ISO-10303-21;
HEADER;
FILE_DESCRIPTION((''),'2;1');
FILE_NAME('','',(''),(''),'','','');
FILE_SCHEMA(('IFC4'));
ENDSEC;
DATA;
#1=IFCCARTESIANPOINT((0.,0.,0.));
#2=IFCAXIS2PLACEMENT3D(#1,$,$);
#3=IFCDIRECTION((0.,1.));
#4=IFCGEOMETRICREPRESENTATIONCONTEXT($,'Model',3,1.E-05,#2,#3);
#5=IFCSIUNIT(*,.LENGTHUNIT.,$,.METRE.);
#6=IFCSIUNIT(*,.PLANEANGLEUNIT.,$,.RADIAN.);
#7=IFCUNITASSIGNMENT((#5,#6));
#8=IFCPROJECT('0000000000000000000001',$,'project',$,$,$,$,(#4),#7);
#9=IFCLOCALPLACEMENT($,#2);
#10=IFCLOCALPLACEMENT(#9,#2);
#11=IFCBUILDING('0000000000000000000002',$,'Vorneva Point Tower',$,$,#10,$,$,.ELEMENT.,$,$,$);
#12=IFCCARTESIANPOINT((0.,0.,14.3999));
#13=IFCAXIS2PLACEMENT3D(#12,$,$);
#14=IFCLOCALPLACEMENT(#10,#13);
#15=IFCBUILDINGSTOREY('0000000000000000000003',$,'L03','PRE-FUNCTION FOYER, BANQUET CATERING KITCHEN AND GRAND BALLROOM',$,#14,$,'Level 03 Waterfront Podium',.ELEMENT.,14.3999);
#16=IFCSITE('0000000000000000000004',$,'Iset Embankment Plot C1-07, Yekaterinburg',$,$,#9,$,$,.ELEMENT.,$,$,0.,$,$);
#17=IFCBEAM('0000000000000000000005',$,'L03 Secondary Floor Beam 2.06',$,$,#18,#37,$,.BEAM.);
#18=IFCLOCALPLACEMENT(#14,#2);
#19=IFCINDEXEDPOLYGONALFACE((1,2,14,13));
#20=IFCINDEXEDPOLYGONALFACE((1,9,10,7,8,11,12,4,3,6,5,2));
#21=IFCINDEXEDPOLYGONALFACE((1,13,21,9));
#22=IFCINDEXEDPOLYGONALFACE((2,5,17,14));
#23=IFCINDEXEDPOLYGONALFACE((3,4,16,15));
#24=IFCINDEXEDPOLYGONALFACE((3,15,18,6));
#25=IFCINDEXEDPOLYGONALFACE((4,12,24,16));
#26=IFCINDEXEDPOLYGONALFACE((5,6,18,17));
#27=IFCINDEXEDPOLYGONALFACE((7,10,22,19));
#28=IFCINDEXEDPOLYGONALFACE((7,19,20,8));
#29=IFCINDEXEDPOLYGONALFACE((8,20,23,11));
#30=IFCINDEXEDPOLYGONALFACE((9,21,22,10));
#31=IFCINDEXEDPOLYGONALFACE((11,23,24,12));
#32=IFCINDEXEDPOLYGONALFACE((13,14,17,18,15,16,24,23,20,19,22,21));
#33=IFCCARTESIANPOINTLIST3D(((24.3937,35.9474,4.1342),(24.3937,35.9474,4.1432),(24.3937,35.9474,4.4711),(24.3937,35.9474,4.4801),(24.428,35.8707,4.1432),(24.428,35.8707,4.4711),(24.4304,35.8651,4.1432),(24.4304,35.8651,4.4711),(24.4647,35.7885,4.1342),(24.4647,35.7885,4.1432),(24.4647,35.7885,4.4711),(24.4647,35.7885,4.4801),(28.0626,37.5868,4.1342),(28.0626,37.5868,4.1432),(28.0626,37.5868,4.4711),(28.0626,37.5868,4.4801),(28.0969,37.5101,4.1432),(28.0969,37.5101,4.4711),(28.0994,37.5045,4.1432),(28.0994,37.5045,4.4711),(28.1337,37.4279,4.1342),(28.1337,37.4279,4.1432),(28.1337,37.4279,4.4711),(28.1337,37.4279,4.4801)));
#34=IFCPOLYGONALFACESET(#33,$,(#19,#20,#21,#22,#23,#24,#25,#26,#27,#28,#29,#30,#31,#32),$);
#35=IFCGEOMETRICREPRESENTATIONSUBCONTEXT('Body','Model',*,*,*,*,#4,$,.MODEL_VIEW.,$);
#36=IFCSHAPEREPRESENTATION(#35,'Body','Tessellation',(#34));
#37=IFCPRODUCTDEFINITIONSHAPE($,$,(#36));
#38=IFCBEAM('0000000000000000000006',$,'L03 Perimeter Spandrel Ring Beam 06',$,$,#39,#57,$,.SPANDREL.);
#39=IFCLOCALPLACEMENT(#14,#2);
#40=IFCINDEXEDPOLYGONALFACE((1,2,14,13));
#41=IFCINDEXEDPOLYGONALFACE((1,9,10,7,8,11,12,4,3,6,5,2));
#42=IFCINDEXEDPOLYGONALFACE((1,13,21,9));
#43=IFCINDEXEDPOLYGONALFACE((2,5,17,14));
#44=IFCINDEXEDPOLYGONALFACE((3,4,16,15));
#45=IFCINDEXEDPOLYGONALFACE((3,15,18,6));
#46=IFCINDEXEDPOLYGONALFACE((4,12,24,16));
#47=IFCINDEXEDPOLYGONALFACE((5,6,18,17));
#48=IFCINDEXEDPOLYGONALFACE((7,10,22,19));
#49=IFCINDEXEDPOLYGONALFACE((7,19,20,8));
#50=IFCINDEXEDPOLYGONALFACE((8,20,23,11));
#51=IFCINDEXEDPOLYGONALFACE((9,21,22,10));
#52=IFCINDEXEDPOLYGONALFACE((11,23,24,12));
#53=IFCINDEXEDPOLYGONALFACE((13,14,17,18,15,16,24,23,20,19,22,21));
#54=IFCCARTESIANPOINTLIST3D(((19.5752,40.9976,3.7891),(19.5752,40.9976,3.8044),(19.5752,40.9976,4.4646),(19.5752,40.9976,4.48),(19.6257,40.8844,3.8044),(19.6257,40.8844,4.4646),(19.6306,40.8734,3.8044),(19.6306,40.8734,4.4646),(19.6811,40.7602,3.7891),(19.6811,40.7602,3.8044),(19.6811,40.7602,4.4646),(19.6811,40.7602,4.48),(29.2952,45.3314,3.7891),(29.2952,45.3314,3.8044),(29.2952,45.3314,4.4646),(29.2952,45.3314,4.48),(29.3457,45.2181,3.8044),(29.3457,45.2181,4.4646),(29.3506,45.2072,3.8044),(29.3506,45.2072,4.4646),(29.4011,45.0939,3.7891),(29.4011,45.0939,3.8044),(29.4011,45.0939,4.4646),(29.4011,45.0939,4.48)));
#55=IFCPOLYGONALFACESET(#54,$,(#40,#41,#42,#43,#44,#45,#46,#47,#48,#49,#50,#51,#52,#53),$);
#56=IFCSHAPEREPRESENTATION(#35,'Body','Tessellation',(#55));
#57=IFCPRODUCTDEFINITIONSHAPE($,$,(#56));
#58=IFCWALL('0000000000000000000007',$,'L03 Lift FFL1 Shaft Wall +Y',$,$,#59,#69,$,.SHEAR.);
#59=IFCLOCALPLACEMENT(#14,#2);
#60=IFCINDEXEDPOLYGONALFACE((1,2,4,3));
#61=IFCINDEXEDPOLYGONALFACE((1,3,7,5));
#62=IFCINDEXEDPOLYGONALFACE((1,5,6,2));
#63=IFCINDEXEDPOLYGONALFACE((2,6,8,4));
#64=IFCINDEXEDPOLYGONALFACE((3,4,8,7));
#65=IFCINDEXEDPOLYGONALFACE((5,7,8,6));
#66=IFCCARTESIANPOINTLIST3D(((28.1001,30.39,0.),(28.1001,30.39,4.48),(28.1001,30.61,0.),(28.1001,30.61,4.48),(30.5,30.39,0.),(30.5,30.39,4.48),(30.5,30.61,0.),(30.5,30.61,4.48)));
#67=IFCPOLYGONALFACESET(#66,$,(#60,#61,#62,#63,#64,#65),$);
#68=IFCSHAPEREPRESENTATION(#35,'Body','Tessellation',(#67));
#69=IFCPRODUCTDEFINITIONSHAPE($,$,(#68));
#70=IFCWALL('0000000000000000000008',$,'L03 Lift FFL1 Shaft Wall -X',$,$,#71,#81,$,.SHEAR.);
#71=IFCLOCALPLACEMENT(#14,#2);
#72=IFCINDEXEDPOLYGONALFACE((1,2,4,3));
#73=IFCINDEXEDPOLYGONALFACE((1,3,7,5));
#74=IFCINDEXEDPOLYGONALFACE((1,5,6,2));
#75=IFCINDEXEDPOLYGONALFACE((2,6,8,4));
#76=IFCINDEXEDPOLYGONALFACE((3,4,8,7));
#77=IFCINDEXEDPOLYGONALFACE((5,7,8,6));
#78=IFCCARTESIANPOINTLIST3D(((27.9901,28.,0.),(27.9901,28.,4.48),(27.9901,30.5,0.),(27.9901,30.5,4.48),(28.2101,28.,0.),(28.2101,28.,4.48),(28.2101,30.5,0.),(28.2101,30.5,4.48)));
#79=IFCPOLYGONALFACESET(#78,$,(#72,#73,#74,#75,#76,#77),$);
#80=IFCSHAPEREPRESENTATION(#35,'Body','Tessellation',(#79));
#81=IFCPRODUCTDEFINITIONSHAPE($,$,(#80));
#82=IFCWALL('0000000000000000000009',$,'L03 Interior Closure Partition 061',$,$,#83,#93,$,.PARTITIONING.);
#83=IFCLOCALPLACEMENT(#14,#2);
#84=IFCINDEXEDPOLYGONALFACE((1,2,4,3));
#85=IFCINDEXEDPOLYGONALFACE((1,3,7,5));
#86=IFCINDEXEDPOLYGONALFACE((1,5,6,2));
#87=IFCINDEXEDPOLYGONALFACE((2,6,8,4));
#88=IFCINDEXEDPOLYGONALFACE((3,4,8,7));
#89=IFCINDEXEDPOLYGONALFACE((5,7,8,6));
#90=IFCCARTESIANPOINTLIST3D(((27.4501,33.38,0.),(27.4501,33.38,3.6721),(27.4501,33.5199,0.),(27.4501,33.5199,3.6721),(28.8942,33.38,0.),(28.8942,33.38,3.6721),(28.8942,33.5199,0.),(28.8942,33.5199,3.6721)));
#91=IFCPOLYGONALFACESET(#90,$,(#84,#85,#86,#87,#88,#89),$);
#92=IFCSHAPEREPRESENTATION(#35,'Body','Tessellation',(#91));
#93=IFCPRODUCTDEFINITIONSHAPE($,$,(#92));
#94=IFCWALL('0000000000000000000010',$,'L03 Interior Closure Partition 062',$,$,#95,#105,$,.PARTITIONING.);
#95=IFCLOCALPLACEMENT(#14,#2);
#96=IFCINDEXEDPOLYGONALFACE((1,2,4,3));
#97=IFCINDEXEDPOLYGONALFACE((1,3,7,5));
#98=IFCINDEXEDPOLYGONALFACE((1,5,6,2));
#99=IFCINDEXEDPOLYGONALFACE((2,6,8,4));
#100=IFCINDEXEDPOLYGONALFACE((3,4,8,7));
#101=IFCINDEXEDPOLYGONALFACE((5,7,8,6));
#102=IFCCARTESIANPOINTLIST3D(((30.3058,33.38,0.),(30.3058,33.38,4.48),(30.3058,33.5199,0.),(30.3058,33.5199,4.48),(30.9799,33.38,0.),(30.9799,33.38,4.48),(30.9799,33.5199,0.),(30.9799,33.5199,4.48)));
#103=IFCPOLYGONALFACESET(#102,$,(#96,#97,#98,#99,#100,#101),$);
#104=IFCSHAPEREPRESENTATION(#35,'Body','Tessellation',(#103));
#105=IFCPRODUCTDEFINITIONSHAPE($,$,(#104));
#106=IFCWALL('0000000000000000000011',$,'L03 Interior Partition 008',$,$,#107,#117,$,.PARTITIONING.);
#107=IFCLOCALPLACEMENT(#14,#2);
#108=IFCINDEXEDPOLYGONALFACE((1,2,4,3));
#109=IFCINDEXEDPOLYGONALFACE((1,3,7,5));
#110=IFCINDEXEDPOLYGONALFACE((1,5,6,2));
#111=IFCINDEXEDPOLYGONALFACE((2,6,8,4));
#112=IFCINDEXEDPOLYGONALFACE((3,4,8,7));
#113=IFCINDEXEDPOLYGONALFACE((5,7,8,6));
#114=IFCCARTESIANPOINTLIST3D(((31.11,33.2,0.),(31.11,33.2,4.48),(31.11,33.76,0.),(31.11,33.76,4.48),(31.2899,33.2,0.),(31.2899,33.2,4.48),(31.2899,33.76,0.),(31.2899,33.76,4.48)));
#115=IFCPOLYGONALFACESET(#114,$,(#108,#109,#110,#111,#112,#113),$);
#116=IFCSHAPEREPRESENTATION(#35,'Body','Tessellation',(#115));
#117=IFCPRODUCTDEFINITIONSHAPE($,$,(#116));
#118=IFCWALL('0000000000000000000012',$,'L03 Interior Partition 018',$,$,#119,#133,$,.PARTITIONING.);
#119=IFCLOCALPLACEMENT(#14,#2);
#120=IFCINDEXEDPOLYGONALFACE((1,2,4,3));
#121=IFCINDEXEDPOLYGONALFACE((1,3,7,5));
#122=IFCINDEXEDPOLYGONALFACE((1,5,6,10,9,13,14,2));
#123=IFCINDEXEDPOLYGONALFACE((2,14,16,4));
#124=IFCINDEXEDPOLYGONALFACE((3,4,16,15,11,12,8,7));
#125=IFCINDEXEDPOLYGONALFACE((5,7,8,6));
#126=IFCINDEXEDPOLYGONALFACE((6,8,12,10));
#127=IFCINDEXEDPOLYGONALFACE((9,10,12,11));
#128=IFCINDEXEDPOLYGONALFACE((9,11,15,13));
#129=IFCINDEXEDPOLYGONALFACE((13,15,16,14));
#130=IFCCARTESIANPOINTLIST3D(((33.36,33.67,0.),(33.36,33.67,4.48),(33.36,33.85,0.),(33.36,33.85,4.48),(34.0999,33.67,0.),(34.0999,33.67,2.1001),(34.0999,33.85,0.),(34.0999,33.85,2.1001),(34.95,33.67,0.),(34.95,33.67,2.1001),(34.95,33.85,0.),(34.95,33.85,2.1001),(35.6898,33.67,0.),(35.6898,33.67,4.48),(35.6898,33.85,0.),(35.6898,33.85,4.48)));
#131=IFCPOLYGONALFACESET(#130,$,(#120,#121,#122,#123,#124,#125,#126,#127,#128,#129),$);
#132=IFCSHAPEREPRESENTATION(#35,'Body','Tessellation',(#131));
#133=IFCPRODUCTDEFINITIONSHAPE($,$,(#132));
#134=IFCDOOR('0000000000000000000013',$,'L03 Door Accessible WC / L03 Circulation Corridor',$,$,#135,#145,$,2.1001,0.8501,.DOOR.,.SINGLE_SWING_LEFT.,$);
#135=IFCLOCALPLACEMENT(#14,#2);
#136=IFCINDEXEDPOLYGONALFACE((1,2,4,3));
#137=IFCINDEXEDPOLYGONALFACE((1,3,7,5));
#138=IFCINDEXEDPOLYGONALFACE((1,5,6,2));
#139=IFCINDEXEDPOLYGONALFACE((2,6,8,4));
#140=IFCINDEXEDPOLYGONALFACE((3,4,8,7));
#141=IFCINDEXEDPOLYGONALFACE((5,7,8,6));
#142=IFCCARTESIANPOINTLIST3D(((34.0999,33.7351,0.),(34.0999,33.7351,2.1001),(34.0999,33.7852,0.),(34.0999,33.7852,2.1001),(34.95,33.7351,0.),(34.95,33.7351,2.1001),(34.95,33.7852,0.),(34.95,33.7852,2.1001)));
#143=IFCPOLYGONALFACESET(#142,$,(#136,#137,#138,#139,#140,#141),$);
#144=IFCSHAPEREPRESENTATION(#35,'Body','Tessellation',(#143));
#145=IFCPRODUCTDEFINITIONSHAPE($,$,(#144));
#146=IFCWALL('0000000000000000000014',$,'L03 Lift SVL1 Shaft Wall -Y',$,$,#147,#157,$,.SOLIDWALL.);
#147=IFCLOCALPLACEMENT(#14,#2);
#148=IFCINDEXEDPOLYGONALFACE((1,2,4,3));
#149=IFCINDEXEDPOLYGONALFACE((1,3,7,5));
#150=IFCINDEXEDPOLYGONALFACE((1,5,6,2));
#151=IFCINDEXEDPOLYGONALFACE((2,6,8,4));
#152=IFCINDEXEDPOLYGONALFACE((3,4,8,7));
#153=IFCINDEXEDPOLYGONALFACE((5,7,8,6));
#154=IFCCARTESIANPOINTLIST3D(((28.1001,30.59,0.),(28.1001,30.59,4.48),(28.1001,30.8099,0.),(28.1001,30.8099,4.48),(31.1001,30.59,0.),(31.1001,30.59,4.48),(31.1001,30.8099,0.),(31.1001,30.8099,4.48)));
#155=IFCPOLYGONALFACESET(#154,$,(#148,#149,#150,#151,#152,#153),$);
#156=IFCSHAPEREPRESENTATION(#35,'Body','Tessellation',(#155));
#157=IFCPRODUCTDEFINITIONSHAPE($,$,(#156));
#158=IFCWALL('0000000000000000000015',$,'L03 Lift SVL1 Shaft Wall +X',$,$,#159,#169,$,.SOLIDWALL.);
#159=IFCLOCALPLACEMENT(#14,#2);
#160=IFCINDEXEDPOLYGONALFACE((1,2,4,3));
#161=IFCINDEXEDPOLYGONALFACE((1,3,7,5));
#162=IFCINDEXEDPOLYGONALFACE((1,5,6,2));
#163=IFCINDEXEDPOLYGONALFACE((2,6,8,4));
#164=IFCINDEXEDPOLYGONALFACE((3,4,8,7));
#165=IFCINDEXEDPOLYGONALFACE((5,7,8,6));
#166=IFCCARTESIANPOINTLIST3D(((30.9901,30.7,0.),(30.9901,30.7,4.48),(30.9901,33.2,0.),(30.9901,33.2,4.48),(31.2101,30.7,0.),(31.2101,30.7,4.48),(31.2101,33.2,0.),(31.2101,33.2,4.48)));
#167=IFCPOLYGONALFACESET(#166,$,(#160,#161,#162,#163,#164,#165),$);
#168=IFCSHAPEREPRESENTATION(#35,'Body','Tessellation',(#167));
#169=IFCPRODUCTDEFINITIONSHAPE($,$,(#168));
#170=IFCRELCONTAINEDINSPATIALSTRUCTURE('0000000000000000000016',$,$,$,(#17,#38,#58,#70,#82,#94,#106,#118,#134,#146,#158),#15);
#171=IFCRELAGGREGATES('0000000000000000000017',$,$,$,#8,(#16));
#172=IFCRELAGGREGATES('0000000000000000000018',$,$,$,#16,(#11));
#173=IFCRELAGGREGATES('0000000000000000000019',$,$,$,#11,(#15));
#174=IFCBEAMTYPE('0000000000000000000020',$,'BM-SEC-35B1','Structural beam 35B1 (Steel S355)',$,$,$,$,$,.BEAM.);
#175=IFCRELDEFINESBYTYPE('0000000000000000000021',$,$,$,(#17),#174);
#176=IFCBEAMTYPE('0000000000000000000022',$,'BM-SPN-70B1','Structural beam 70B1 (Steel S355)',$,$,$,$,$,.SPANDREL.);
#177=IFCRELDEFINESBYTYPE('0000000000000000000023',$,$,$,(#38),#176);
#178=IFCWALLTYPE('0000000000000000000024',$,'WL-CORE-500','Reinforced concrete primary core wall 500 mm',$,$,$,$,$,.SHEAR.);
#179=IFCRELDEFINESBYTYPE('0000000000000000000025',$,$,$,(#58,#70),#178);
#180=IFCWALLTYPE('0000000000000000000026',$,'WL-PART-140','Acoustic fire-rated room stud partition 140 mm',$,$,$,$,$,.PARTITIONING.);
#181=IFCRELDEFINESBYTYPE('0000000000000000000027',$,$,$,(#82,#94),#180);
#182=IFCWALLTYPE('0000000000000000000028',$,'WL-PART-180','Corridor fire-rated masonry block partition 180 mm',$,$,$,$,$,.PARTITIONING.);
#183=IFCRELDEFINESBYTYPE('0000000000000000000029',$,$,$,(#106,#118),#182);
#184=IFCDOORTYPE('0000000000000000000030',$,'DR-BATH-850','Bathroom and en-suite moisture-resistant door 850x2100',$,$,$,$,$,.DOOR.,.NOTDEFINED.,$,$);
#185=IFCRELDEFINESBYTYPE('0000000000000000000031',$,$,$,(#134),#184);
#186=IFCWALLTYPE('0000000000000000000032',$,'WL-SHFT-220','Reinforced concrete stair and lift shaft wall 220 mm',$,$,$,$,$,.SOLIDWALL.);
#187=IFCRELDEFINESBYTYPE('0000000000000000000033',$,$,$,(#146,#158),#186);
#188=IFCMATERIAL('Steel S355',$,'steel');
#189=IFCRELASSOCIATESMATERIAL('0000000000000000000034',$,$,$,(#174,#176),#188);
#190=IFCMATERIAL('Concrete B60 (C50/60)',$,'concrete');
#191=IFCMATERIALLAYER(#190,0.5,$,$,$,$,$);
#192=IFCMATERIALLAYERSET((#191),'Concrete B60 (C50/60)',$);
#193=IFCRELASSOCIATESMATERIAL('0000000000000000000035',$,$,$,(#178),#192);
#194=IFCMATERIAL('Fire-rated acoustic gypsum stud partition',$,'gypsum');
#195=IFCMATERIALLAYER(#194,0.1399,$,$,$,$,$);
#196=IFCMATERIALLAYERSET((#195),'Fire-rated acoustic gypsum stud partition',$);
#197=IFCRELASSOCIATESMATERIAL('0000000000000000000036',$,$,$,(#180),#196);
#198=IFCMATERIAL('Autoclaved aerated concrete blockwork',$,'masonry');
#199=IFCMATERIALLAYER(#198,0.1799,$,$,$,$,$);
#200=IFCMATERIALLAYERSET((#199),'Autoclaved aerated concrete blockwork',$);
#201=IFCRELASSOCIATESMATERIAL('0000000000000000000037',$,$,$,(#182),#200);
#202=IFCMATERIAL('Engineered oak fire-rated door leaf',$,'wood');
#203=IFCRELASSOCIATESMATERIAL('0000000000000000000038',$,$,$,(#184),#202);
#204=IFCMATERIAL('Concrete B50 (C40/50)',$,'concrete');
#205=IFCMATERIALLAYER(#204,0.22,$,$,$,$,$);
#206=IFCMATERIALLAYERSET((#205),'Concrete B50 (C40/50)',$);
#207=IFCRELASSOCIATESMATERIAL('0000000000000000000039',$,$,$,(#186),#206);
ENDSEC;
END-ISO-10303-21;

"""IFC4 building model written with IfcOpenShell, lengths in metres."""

from ifc_helpers import new_model, si_unit, direction, frame, frame_2d, origin, origin_2d, place, context, subcontext, project, spatial, rectangle, i_section, extrude, material, layer, layer_set, material_profile, profile_set, type_object, element, fill, save


model = new_model("IFC4")

# Units and contexts
model_context = context("Model", 3, precision=1e-05, world=origin(), true_north=direction((0.0, 1.0)))
body_context = subcontext(model_context, "Body", "Model", "MODEL_VIEW")
ifc_project = project(units=[si_unit("LENGTHUNIT", "METRE"), si_unit("PLANEANGLEUNIT", "RADIAN")], contexts=[model_context])

# Site, building, storey
site_placement = place(None, origin())
site = spatial("IfcSite", under=ifc_project, at=site_placement, Name="Iset Embankment Plot C1-07, Yekaterinburg", CompositionType="ELEMENT", RefElevation=0.0)
building_placement = place(site_placement, origin())
building = spatial("IfcBuilding", under=site, at=building_placement, Name="Vorneva Point Tower", CompositionType="ELEMENT")
storey_placement = place(building_placement, frame((0.0, 0.0, 14.3999)))
storey = spatial("IfcBuildingStorey", under=building, at=storey_placement, Name="L03", Description="PRE-FUNCTION FOYER, BANQUET CATERING KITCHEN AND GRAND BALLROOM", LongName="Level 03 Waterfront Podium", CompositionType="ELEMENT", Elevation=14.3999)

# Shared definitions
ifc_material_1 = material(Name="Concrete B60 (C50/60)", Category="concrete")

# Beams
ifc_material_2 = material(Name="Steel S355", Category="steel")
ifc_material_profile_1 = material_profile(ifc_material_2, i_section(OverallWidth=0.1741, OverallDepth=0.3459, WebThickness=0.0061, FlangeThickness=0.009, at=origin_2d()), Name="35B1")
ifc_profile_set_1 = profile_set([ifc_material_profile_1], Name="Steel S355")
beam_type_1 = type_object("IfcBeamType", Name="BM-SEC-35B1", Description="Structural beam 35B1 (Steel S355)", PredefinedType="BEAM", material=ifc_profile_set_1)
beam_1_placement = place(storey_placement, frame((28.0981, 37.5073, 4.3071), z_axis=(-0.913001, -0.407958, 0.0), x_axis=(0.407958, -0.913001, 0.0)))
element("IfcBeam", 1, at=beam_1_placement, inside=storey, type_object=beam_type_1, Name="L03 Secondary Floor Beam 2.06", PredefinedType="BEAM", context=body_context, shape_type="SweptSolid", body=[
    extrude(i_section(OverallWidth=0.1741, OverallDepth=0.3459, WebThickness=0.0061, FlangeThickness=0.009, at=origin_2d()), origin(), (0.0, 0.0, 1.0), 4.0186),
])
ifc_material_profile_2 = material_profile(ifc_material_2, i_section(OverallWidth=0.26, OverallDepth=0.6909, WebThickness=0.012, FlangeThickness=0.0154, at=origin_2d()), Name="70B1")
ifc_profile_set_2 = profile_set([ifc_material_profile_2], Name="Steel S355")
beam_type_2 = type_object("IfcBeamType", Name="BM-SPN-70B1", Description="Structural beam 70B1 (Steel S355)", PredefinedType="SPANDREL", material=ifc_profile_set_2)
beam_2_placement = place(storey_placement, frame((29.3481, 45.2126, 4.1345), z_axis=(-0.913331, -0.407217, 0.0), x_axis=(0.407217, -0.913331, 0.0)))
element("IfcBeam", 2, at=beam_2_placement, inside=storey, type_object=beam_type_2, Name="L03 Perimeter Spandrel Ring Beam 06", PredefinedType="SPANDREL", context=body_context, shape_type="SweptSolid", body=[
    extrude(i_section(OverallWidth=0.26, OverallDepth=0.6909, WebThickness=0.012, FlangeThickness=0.0154, at=origin_2d()), origin(), (0.0, 0.0, 1.0), 10.6423),
])

# Walls
ifc_layer_1 = layer(ifc_material_1, 0.5)
ifc_layer_set_1 = layer_set([ifc_layer_1], Name="Concrete B60 (C50/60)")
wall_type_1 = type_object("IfcWallType", Name="WL-CORE-500", Description="Reinforced concrete primary core wall 500 mm", PredefinedType="SHEAR", material=ifc_layer_set_1)
wall_1_placement = place(storey_placement, frame((30.5, 30.5, 0.0), z_axis=(0.0, 0.0, 1.0), x_axis=(-1.0, 0.0, 0.0)))
element("IfcWall", 3, at=wall_1_placement, inside=storey, type_object=wall_type_1, Name="L03 Lift FFL1 Shaft Wall +Y", PredefinedType="SHEAR", context=body_context, shape_type="SweptSolid", body=[
    extrude(rectangle(XDim=2.3999, YDim=0.22, at=frame_2d((1.2, 0.0))), origin(), (0.0, 0.0, 1.0), 4.48),
])
wall_2_placement = place(storey_placement, frame((28.1001, 30.5, 0.0), z_axis=(0.0, 0.0, 1.0), x_axis=(0.0, -1.0, 0.0)))
element("IfcWall", 4, at=wall_2_placement, inside=storey, type_object=wall_type_1, Name="L03 Lift FFL1 Shaft Wall -X", PredefinedType="SHEAR", context=body_context, shape_type="SweptSolid", body=[
    extrude(rectangle(XDim=2.5, YDim=0.22, at=frame_2d((1.25, 0.0))), origin(), (0.0, 0.0, 1.0), 4.48),
])
ifc_material_3 = material(Name="Fire-rated acoustic gypsum stud partition", Category="gypsum")
ifc_layer_2 = layer(ifc_material_3, 0.1399)
ifc_layer_set_2 = layer_set([ifc_layer_2], Name="Fire-rated acoustic gypsum stud partition")
wall_type_2 = type_object("IfcWallType", Name="WL-PART-140", Description="Acoustic fire-rated room stud partition 140 mm", PredefinedType="PARTITIONING", material=ifc_layer_set_2)
wall_3_placement = place(storey_placement, frame((27.45, 33.45, 0.0), z_axis=(0.0, 0.0, 1.0), x_axis=(1.0, 0.0, 0.0)))
element("IfcWall", 5, at=wall_3_placement, inside=storey, type_object=wall_type_2, Name="L03 Interior Closure Partition 061", PredefinedType="PARTITIONING", context=body_context, shape_type="SweptSolid", body=[
    extrude(rectangle(XDim=1.4441, YDim=0.1399, at=frame_2d((0.7222, 0.0))), origin(), (0.0, 0.0, 1.0), 3.6721),
])
wall_4_placement = place(storey_placement, frame((30.3059, 33.45, 0.0), z_axis=(0.0, 0.0, 1.0), x_axis=(1.0, 0.0, 0.0)))
element("IfcWall", 6, at=wall_4_placement, inside=storey, type_object=wall_type_2, Name="L03 Interior Closure Partition 062", PredefinedType="PARTITIONING", context=body_context, shape_type="SweptSolid", body=[
    extrude(rectangle(XDim=0.6741, YDim=0.1399, at=frame_2d((0.3369, 0.0))), origin(), (0.0, 0.0, 1.0), 4.48),
])

# Shared definitions
ifc_material_4 = material(Name="Autoclaved aerated concrete blockwork", Category="masonry")
ifc_layer_3 = layer(ifc_material_4, 0.1799)
ifc_layer_set_3 = layer_set([ifc_layer_3], Name="Autoclaved aerated concrete blockwork")
wall_type_3 = type_object("IfcWallType", Name="WL-PART-180", Description="Corridor fire-rated masonry block partition 180 mm", PredefinedType="PARTITIONING", material=ifc_layer_set_3)

# Wall
wall_5_placement = place(storey_placement, frame((31.2, 33.76, 0.0), z_axis=(0.0, 0.0, 1.0), x_axis=(0.0, -1.0, 0.0)))
element("IfcWall", 7, at=wall_5_placement, inside=storey, type_object=wall_type_3, Name="L03 Interior Partition 008", PredefinedType="PARTITIONING", context=body_context, shape_type="SweptSolid", body=[
    extrude(rectangle(XDim=0.5601, YDim=0.1799, at=frame_2d((0.28, 0.0))), origin(), (0.0, 0.0, 1.0), 4.48),
])

# Wall, opening, door
wall_6_placement = place(storey_placement, frame((35.6899, 33.76, 0.0), z_axis=(0.0, 0.0, 1.0), x_axis=(-1.0, 0.0, 0.0)))
wall_6 = element("IfcWall", 8, at=wall_6_placement, inside=storey, type_object=wall_type_3, Name="L03 Interior Partition 018", PredefinedType="PARTITIONING", context=body_context, shape_type="SweptSolid", body=[
    extrude(rectangle(XDim=2.3298, YDim=0.1799, at=frame_2d((1.165, 0.0))), origin(), (0.0, 0.0, 1.0), 4.48),
])
opening_1_placement = place(wall_6_placement, frame((0.74, 0.0, 0.0)))
opening_1 = element("IfcOpeningElement", 9, at=opening_1_placement, cuts=wall_6, PredefinedType="OPENING", context=body_context, shape_type="SweptSolid", body=[
    extrude(rectangle(XDim=0.8501, YDim=2.1001, at=frame_2d((0.425, 1.05))), frame((0.0, 0.105, 0.0), z_axis=(0.0, -1.0, 0.0), x_axis=(1.0, 0.0, 0.0)), (0.0, 0.0, 1.0), 0.2097),
])
ifc_material_5 = material(Name="Engineered oak fire-rated door leaf", Category="wood")
door_type_1 = type_object("IfcDoorType", Name="DR-BATH-850", Description="Bathroom and en-suite moisture-resistant door 850x2100", OperationType="NOTDEFINED", PredefinedType="DOOR", material=ifc_material_5)
door_1_placement = place(opening_1_placement, origin())
door_1 = element("IfcDoor", 10, at=door_1_placement, inside=storey, type_object=door_type_1, Name="L03 Door Accessible WC / L03 Circulation Corridor", OperationType="SINGLE_SWING_LEFT", OverallHeight=2.1001, OverallWidth=0.8501, PredefinedType="DOOR", context=body_context, shape_type="SweptSolid", body=[
    extrude(rectangle(XDim=0.8501, YDim=2.1001, at=frame_2d((0.425, 1.05))), frame((0.0, 0.0249, 0.0), z_axis=(0.0, -1.0, 0.0), x_axis=(1.0, 0.0, 0.0)), (0.0, 0.0, 1.0), 0.05),
])
fill(opening_1, door_1)

# Walls
ifc_material_6 = material(Name="Concrete B50 (C40/50)", Category="concrete")
ifc_layer_4 = layer(ifc_material_6, 0.22)
ifc_layer_set_4 = layer_set([ifc_layer_4], Name="Concrete B50 (C40/50)")
wall_type_4 = type_object("IfcWallType", Name="WL-SHFT-220", Description="Reinforced concrete stair and lift shaft wall 220 mm", PredefinedType="SOLIDWALL", material=ifc_layer_set_4)
wall_7_placement = place(storey_placement, frame((28.1001, 30.7, 0.0), z_axis=(0.0, 0.0, 1.0), x_axis=(1.0, 0.0, 0.0)))
element("IfcWall", 11, at=wall_7_placement, inside=storey, type_object=wall_type_4, Name="L03 Lift SVL1 Shaft Wall -Y", PredefinedType="SOLIDWALL", context=body_context, shape_type="SweptSolid", body=[
    extrude(rectangle(XDim=3.0, YDim=0.22, at=frame_2d((1.5, 0.0))), origin(), (0.0, 0.0, 1.0), 4.48),
])
wall_8_placement = place(storey_placement, frame((31.1001, 30.7, 0.0), z_axis=(0.0, 0.0, 1.0), x_axis=(0.0, 1.0, 0.0)))
element("IfcWall", 12, at=wall_8_placement, inside=storey, type_object=wall_type_4, Name="L03 Lift SVL1 Shaft Wall +X", PredefinedType="SOLIDWALL", context=body_context, shape_type="SweptSolid", body=[
    extrude(rectangle(XDim=2.5, YDim=0.22, at=frame_2d((1.25, 0.0))), origin(), (0.0, 0.0, 1.0), 4.48),
])

save(model, "model.ifc")
